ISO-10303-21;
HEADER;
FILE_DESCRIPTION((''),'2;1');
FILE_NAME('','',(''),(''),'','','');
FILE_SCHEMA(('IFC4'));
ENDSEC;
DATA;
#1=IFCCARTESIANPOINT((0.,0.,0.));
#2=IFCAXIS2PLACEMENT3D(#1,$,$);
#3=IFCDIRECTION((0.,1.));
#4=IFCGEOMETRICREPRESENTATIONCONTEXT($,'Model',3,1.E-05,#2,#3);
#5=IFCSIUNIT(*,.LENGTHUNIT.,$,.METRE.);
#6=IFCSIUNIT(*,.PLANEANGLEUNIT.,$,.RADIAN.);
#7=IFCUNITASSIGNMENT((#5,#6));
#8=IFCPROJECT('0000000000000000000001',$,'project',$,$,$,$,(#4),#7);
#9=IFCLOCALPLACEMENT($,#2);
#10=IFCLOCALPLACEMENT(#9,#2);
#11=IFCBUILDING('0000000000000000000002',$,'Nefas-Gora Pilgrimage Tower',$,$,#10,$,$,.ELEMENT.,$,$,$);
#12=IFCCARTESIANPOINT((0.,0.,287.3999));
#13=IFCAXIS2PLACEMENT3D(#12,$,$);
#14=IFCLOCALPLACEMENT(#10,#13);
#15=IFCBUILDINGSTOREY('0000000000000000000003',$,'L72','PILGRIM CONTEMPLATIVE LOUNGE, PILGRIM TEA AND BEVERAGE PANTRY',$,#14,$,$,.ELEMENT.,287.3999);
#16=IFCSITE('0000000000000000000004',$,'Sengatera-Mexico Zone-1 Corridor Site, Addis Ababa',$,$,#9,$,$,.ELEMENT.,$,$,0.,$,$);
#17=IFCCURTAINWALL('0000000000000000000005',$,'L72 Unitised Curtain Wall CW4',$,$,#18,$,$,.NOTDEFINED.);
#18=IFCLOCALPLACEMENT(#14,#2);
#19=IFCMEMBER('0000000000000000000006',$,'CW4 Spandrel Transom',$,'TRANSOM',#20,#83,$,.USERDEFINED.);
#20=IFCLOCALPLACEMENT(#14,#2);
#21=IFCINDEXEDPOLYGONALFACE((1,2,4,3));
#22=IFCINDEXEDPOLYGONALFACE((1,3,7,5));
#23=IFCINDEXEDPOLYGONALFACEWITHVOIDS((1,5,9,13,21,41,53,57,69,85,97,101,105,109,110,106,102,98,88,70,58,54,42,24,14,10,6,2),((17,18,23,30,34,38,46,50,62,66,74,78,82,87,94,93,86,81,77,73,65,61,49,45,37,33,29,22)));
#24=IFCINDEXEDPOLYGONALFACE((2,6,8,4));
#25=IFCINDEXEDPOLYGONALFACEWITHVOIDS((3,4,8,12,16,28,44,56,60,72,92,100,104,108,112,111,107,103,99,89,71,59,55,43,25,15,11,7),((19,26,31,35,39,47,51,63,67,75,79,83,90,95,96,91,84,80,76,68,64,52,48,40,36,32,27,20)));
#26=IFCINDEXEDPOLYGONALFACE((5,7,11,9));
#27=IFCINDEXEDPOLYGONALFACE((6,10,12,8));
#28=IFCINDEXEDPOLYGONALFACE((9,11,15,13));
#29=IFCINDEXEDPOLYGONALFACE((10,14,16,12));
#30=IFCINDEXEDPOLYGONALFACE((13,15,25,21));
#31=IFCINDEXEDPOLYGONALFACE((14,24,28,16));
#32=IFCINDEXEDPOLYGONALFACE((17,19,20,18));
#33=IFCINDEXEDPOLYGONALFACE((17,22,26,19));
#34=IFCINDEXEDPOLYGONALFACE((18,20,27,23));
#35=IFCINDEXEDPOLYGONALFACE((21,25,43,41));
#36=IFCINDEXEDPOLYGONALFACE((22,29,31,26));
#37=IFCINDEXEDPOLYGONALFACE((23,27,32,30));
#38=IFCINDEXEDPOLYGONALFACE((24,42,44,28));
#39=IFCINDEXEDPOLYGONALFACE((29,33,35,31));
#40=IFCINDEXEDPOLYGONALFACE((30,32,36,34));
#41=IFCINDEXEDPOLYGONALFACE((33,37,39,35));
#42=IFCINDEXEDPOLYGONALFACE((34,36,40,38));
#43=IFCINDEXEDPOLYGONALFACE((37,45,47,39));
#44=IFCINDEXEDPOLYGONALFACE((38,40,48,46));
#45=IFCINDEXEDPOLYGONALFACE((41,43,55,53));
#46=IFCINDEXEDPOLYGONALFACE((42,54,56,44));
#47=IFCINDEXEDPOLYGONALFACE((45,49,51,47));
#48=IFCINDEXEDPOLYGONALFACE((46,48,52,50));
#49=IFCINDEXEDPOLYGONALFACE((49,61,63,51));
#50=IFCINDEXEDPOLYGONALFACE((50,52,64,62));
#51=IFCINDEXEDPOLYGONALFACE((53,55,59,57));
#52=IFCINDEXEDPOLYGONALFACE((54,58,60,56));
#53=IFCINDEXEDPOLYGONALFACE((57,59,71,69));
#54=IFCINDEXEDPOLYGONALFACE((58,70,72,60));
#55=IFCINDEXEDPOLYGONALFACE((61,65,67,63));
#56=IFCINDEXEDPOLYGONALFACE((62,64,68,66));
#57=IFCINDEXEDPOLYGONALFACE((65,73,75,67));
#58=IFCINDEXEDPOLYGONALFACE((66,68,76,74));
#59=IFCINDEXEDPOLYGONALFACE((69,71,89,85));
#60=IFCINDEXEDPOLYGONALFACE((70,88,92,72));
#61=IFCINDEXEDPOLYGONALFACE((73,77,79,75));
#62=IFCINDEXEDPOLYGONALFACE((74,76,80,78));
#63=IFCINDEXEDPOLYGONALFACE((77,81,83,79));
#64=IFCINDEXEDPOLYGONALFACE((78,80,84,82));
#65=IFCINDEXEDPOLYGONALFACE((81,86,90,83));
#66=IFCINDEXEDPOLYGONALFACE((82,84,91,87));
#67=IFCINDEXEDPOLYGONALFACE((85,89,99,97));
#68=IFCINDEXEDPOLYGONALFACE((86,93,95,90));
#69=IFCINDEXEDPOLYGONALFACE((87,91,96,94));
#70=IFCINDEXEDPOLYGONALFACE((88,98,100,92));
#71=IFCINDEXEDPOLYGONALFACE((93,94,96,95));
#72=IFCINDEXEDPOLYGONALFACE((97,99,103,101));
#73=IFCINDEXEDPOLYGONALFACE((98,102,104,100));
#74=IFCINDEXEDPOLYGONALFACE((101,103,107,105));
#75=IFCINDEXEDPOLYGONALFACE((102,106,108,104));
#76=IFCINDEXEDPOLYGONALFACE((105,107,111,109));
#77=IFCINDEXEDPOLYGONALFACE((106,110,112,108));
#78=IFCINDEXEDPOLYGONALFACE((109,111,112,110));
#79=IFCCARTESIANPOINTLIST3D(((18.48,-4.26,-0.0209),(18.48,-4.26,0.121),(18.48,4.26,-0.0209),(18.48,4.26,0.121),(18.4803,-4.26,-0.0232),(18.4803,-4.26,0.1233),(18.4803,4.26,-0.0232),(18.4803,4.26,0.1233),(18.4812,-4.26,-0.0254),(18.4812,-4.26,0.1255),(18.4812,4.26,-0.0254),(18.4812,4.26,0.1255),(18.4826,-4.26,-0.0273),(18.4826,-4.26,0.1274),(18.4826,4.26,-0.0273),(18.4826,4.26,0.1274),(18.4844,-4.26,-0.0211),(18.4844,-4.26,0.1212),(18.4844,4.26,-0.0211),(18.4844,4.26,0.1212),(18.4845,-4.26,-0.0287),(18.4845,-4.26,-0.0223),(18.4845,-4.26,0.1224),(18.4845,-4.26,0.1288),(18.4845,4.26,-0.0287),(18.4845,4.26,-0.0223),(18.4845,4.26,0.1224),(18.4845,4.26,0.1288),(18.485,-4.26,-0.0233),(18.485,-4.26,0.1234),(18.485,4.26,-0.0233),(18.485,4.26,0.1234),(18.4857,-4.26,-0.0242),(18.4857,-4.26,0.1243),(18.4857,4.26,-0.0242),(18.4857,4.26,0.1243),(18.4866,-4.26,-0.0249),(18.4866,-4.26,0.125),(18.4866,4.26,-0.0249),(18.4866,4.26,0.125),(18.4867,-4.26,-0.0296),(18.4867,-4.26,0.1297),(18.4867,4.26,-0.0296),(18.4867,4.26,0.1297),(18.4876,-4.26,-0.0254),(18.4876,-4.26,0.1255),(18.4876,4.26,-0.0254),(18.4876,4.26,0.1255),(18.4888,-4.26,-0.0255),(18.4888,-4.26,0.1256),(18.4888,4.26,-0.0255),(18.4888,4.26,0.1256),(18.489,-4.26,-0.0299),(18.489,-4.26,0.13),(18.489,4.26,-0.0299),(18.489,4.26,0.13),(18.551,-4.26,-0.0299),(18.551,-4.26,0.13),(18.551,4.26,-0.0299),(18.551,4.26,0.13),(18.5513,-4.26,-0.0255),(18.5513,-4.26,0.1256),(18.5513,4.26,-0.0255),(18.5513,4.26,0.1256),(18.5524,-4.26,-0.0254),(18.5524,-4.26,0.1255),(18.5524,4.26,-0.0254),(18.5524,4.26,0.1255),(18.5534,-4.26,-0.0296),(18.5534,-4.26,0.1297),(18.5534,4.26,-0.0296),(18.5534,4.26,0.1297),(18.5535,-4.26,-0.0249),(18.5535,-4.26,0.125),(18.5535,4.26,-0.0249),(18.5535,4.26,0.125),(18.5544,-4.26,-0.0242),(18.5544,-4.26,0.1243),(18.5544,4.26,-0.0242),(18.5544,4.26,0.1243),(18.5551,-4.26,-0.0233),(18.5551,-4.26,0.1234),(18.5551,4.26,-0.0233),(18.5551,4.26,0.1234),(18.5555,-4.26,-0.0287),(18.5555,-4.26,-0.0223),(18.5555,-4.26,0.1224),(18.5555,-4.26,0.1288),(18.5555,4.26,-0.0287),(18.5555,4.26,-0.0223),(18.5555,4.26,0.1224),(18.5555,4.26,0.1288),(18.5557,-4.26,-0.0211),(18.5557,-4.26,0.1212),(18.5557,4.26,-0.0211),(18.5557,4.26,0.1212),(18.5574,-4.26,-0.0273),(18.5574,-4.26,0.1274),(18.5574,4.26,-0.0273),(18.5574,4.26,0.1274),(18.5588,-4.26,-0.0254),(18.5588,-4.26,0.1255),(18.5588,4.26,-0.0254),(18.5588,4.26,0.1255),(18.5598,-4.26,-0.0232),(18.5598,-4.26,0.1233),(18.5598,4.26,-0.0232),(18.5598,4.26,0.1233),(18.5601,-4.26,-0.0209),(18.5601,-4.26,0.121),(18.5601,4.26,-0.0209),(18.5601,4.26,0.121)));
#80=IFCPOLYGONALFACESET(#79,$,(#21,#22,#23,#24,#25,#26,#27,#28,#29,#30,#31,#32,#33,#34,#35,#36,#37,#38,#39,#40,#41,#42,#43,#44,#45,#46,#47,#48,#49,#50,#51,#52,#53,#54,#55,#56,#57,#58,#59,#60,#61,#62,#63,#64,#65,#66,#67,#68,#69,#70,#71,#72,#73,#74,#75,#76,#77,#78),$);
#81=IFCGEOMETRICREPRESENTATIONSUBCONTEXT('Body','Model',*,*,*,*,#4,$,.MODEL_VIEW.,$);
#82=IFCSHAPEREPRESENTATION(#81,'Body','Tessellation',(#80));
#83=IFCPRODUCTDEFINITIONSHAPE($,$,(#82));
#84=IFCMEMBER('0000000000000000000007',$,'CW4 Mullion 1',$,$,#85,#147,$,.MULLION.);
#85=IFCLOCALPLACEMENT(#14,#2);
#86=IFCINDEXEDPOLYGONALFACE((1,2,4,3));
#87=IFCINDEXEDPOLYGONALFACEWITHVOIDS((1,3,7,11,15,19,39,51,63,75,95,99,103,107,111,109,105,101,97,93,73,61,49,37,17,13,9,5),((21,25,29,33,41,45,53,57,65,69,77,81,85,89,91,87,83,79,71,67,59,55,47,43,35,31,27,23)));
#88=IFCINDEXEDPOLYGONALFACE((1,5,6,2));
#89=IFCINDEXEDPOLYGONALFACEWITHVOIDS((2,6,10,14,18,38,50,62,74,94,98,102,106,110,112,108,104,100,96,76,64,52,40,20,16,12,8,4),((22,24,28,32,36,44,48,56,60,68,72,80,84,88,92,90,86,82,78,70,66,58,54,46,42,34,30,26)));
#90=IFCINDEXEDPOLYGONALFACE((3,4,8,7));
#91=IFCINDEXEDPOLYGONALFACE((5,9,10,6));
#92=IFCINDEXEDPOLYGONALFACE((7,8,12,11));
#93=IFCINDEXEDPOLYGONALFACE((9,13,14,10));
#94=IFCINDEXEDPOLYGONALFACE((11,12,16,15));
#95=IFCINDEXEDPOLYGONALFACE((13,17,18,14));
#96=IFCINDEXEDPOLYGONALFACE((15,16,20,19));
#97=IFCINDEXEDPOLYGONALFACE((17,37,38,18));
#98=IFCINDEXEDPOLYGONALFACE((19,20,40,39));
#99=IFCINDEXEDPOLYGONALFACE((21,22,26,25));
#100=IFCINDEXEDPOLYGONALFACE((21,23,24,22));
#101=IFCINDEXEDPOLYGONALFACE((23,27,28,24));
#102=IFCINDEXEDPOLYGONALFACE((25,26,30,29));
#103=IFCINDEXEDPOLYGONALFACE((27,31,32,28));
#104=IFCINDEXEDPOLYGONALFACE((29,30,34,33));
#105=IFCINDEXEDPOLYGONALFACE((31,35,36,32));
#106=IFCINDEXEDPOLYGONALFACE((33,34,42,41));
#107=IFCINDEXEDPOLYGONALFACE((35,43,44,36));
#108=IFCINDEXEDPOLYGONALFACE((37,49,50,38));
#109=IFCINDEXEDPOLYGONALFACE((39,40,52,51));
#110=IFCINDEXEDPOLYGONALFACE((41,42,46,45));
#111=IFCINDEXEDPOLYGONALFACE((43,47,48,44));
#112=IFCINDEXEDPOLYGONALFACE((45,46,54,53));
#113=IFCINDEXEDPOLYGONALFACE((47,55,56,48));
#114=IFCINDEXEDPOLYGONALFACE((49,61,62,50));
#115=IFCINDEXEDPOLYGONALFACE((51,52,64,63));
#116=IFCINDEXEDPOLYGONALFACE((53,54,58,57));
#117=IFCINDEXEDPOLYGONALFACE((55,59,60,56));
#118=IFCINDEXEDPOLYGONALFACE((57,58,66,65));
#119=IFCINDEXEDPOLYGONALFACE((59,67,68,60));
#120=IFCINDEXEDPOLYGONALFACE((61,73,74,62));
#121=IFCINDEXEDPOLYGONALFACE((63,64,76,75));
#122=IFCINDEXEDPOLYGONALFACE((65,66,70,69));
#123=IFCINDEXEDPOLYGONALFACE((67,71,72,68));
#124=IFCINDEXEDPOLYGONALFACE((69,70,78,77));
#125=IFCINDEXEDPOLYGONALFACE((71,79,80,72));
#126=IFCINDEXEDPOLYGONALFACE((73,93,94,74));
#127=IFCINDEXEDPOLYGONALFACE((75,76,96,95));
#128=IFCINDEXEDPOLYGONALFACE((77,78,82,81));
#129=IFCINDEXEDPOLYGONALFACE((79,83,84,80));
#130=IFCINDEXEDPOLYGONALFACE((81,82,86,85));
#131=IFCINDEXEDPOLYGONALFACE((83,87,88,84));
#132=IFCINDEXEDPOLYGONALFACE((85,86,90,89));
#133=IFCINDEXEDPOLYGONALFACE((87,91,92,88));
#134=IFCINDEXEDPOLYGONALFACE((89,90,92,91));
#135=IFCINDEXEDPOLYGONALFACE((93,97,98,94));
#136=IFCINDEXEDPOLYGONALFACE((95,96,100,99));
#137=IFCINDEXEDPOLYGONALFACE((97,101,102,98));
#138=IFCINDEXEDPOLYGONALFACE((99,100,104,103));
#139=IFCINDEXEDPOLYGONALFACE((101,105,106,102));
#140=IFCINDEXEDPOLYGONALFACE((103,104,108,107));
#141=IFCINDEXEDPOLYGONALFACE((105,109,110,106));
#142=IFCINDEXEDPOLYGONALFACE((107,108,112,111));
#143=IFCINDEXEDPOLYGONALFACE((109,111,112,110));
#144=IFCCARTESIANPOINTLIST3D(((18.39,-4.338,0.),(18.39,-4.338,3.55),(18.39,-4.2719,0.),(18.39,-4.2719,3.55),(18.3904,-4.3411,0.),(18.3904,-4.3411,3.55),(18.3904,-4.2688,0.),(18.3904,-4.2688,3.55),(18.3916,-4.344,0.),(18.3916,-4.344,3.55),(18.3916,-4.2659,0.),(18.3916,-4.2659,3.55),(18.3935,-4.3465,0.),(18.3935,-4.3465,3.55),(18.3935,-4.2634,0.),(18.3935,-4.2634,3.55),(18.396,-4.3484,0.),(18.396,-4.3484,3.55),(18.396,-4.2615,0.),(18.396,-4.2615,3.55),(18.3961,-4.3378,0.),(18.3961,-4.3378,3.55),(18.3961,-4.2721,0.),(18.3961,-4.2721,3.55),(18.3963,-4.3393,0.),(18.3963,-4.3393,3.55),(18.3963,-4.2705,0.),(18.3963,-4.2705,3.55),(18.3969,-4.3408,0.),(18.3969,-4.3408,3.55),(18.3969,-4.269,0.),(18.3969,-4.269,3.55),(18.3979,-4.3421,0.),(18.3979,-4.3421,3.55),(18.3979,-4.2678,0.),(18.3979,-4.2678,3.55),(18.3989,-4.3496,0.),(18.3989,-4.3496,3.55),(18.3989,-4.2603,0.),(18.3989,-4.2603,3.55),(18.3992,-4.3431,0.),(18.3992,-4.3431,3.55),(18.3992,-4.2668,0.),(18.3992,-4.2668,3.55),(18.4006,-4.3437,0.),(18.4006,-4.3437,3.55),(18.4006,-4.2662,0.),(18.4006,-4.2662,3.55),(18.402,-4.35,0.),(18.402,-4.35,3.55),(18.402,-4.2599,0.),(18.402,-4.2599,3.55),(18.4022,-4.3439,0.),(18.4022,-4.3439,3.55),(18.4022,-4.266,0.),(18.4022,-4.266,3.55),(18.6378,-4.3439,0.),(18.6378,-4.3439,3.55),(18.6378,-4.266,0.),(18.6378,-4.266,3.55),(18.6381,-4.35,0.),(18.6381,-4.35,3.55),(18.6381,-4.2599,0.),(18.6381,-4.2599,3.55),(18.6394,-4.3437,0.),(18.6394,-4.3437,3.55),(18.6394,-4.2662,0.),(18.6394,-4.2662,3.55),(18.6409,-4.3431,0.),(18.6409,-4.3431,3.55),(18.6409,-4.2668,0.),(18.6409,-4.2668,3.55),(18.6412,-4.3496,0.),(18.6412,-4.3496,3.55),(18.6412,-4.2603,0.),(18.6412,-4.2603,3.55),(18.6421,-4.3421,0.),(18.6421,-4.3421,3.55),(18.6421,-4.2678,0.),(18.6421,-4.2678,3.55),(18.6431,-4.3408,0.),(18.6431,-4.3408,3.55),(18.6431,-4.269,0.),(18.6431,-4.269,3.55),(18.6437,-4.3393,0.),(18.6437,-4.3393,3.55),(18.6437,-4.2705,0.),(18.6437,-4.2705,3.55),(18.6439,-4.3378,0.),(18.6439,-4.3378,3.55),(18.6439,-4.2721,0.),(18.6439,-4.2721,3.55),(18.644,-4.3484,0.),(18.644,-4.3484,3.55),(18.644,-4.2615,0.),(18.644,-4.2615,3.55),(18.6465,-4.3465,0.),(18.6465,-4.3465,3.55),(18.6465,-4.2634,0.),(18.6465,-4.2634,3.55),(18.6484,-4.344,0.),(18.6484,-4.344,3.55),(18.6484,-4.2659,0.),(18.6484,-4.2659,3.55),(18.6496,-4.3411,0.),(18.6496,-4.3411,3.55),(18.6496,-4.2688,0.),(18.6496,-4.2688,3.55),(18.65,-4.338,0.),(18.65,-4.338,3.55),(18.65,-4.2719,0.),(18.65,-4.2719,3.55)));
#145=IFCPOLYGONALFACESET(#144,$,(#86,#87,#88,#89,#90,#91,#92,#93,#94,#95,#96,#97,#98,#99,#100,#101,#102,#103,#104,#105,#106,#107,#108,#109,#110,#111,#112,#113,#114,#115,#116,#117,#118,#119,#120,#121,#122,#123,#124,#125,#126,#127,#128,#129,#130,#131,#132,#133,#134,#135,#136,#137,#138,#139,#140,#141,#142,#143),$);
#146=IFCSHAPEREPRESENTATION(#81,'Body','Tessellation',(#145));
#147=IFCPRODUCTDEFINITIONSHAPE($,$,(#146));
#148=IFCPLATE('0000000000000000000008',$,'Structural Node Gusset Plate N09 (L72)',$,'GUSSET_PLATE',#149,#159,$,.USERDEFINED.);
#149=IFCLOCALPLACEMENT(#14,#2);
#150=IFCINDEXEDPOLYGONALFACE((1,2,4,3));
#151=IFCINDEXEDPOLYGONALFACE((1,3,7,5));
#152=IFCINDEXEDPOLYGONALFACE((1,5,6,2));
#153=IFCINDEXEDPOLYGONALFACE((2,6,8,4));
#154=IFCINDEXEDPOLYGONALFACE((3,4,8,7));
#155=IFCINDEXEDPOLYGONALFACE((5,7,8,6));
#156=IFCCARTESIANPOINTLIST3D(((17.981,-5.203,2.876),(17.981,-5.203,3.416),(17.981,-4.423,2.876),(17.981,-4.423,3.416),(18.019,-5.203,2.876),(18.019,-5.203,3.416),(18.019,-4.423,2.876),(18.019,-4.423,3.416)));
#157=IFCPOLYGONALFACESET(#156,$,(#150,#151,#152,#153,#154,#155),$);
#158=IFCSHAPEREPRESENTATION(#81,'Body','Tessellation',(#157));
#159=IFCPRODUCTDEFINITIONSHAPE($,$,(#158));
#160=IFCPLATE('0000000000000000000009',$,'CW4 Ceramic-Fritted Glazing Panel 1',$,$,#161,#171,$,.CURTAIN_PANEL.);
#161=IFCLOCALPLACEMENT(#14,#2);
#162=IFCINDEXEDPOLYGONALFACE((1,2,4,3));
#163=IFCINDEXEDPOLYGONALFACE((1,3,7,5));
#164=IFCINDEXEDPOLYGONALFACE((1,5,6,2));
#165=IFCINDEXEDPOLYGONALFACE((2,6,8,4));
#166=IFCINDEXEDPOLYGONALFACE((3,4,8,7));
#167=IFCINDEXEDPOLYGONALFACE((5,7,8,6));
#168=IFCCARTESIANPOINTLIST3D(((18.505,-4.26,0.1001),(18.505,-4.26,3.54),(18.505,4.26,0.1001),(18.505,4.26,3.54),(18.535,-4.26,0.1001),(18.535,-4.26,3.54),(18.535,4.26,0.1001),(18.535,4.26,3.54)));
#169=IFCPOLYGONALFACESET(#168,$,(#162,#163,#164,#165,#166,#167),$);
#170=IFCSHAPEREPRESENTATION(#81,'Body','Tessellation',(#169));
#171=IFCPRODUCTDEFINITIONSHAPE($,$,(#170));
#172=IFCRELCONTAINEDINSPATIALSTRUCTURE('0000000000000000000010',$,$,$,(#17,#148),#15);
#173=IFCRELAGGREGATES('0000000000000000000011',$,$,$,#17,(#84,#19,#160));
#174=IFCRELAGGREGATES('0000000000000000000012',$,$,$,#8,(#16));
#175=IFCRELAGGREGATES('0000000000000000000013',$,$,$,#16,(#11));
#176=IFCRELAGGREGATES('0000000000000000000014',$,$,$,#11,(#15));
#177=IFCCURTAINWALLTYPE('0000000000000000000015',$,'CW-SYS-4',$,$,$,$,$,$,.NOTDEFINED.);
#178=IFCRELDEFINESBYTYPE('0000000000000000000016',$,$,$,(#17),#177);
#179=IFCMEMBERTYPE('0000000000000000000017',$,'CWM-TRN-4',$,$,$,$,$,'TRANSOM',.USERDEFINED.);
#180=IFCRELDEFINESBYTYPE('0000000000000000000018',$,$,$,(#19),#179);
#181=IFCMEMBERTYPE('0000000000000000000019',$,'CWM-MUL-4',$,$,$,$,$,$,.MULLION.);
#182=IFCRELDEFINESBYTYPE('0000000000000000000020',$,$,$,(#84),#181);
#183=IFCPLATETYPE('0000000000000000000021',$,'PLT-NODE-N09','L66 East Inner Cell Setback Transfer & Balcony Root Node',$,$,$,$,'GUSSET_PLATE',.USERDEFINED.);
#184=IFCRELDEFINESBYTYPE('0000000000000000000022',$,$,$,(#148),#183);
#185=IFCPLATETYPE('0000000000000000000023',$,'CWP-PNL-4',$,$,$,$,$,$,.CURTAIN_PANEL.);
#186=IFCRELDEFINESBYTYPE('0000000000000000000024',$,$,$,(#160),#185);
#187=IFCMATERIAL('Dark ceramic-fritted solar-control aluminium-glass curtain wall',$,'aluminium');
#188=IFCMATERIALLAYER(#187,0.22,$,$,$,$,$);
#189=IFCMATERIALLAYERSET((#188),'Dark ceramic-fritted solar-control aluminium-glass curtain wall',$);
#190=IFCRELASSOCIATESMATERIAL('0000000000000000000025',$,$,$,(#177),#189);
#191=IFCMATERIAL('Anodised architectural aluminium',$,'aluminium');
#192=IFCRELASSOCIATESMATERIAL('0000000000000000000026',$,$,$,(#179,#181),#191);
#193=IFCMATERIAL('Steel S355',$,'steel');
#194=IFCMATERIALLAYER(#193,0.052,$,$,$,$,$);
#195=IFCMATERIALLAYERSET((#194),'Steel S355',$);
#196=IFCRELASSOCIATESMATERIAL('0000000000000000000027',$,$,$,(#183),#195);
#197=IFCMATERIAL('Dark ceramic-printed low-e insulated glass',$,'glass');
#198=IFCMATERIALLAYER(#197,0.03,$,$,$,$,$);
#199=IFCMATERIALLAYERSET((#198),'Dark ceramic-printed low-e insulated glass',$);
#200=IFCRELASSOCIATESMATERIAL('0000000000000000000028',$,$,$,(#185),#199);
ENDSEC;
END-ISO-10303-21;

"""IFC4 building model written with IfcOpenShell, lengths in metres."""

from ifc_helpers import new_model, si_unit, direction, frame, origin, origin_2d, place, context, subcontext, project, spatial, rectangle, hollow_rectangle, extrude, source, transform, mapped, material, layer, layer_set, material_profile, profile_set, type_object, element, aggregate, save


model = new_model("IFC4")

# Units and contexts
model_context = context("Model", 3, precision=1e-05, world=origin(), true_north=direction((0.0, 1.0)))
body_context = subcontext(model_context, "Body", "Model", "MODEL_VIEW")
ifc_project = project(units=[si_unit("LENGTHUNIT", "METRE"), si_unit("PLANEANGLEUNIT", "RADIAN")], contexts=[model_context])

# Site, building, storey
site_placement = place(None, origin())
site = spatial("IfcSite", under=ifc_project, at=site_placement, Name="Sengatera-Mexico Zone-1 Corridor Site, Addis Ababa", CompositionType="ELEMENT", RefElevation=0.0)
building_placement = place(site_placement, origin())
building = spatial("IfcBuilding", under=site, at=building_placement, Name="Nefas-Gora Pilgrimage Tower", CompositionType="ELEMENT")
storey_placement = place(building_placement, frame((0.0, 0.0, 287.3999)))
storey = spatial("IfcBuildingStorey", under=building, at=storey_placement, Name="L72", Description="PILGRIM CONTEMPLATIVE LOUNGE, PILGRIM TEA AND BEVERAGE PANTRY", CompositionType="ELEMENT", Elevation=287.3999)

# Shared definitions
ifc_material_1 = material(Name="Steel S355", Category="steel")

# Curtain wall, members
ifc_material_2 = material(Name="Dark ceramic-fritted solar-control aluminium-glass curtain wall", Category="aluminium")
ifc_layer_1 = layer(ifc_material_2, 0.22)
ifc_layer_set_1 = layer_set([ifc_layer_1], Name="Dark ceramic-fritted solar-control aluminium-glass curtain wall")
curtain_wall_type = type_object("IfcCurtainWallType", Name="CW-SYS-4", PredefinedType="NOTDEFINED", material=ifc_layer_set_1)
curtain_wall_placement = place(storey_placement, origin())
curtain_wall = element("IfcCurtainWall", 1, at=curtain_wall_placement, inside=storey, type_object=curtain_wall_type, Name="L72 Unitised Curtain Wall CW4", PredefinedType="NOTDEFINED")
ifc_material_3 = material(Name="Anodised architectural aluminium", Category="aluminium")
ifc_material_profile_1 = material_profile(ifc_material_3, hollow_rectangle(XDim=0.0801, YDim=0.1599, WallThickness=0.0044, InnerFilletRadius=0.0044, OuterFilletRadius=0.009, at=origin_2d()), Name="ALU TRANSOM 80x160")
ifc_profile_set_1 = profile_set([ifc_material_profile_1], Name="Anodised architectural aluminium")
member_type_1 = type_object("IfcMemberType", Name="CWM-TRN-4", ElementType="TRANSOM", PredefinedType="USERDEFINED", material=ifc_profile_set_1)
shared_shape_1 = source(origin(), body_context, "Body", "SweptSolid", [
    extrude(hollow_rectangle(XDim=0.0801, YDim=0.1599, WallThickness=0.0044, InnerFilletRadius=0.0044, OuterFilletRadius=0.009, at=origin_2d()), origin(), (0.0, 0.0, 1.0), 8.52),
])
member_1_placement = place(storey_placement, frame((18.52, -4.26, 0.05), z_axis=(0.0, 1.0, 0.0), x_axis=(-1.0, 0.0, 0.0)))
member_1 = element("IfcMember", 2, at=member_1_placement, type_object=member_type_1, Name="CW4 Spandrel Transom", ObjectType="TRANSOM", PredefinedType="USERDEFINED", context=body_context, shape_type="MappedRepresentation", body=[
    mapped(shared_shape_1, transform((0.0, 0.0, 0.0), x_axis=(1.0, 0.0, 0.0), y_axis=(0.0, 1.0, 0.0), z_axis=(0.0, 0.0, 1.0), scale=1.0)),
])
ifc_material_profile_2 = material_profile(ifc_material_3, hollow_rectangle(XDim=0.0901, YDim=0.26, WallThickness=0.0061, InnerFilletRadius=0.0061, OuterFilletRadius=0.012, at=origin_2d()), Name="ALU MULLION 90x260")
ifc_profile_set_2 = profile_set([ifc_material_profile_2], Name="Anodised architectural aluminium")
member_type_2 = type_object("IfcMemberType", Name="CWM-MUL-4", PredefinedType="MULLION", material=ifc_profile_set_2)
shared_shape_2 = source(origin(), body_context, "Body", "SweptSolid", [
    extrude(hollow_rectangle(XDim=0.0901, YDim=0.26, WallThickness=0.0061, InnerFilletRadius=0.0061, OuterFilletRadius=0.012, at=origin_2d()), origin(), (0.0, 0.0, 1.0), 3.55),
])
member_2_placement = place(storey_placement, frame((18.52, -4.3049, 0.0), z_axis=(0.0, 0.0, 1.0), x_axis=(0.0, 1.0, 0.0)))
member_2 = element("IfcMember", 3, at=member_2_placement, type_object=member_type_2, Name="CW4 Mullion 1", PredefinedType="MULLION", context=body_context, shape_type="MappedRepresentation", body=[
    mapped(shared_shape_2, transform((0.0, 0.0, 0.0), x_axis=(1.0, 0.0, 0.0), y_axis=(0.0, 1.0, 0.0), z_axis=(0.0, 0.0, 1.0), scale=1.0)),
])

# Plates
ifc_layer_2 = layer(ifc_material_1, 0.052)
ifc_layer_set_2 = layer_set([ifc_layer_2], Name="Steel S355")
plate_type_1 = type_object("IfcPlateType", Name="PLT-NODE-N09", Description="L66 East Inner Cell Setback Transfer & Balcony Root Node", ElementType="GUSSET_PLATE", PredefinedType="USERDEFINED", material=ifc_layer_set_2)
shared_shape_3 = source(origin(), body_context, "Body", "SweptSolid", [
    extrude(rectangle(XDim=0.78, YDim=0.0381, at=origin_2d()), origin(), (0.0, 0.0, 1.0), 0.54),
])
plate_1_placement = place(storey_placement, frame((18.0, -4.813, 2.876), z_axis=(0.0, 0.0, 1.0), x_axis=(0.0, 1.0, 0.0)))
element("IfcPlate", 4, at=plate_1_placement, inside=storey, type_object=plate_type_1, Name="Structural Node Gusset Plate N09 (L72)", ObjectType="GUSSET_PLATE", PredefinedType="USERDEFINED", context=body_context, shape_type="MappedRepresentation", body=[
    mapped(shared_shape_3, transform((0.0, 0.0, 0.0), x_axis=(1.0, 0.0, 0.0), y_axis=(0.0, 1.0, 0.0), z_axis=(0.0, 0.0, 1.0), scale=1.0)),
])
ifc_material_4 = material(Name="Dark ceramic-printed low-e insulated glass", Category="glass")
ifc_layer_3 = layer(ifc_material_4, 0.03)
ifc_layer_set_3 = layer_set([ifc_layer_3], Name="Dark ceramic-printed low-e insulated glass")
plate_type_2 = type_object("IfcPlateType", Name="CWP-PNL-4", PredefinedType="CURTAIN_PANEL", material=ifc_layer_set_3)
shared_shape_4 = source(origin(), body_context, "Body", "SweptSolid", [
    extrude(rectangle(XDim=8.52, YDim=0.03, at=origin_2d()), origin(), (0.0, 0.0, 1.0), 3.4399),
])
plate_2_placement = place(storey_placement, frame((18.52, 0.0, 0.1001), z_axis=(0.0, 0.0, 1.0), x_axis=(0.0, 1.0, 0.0)))
plate_2 = element("IfcPlate", 5, at=plate_2_placement, type_object=plate_type_2, Name="CW4 Ceramic-Fritted Glazing Panel 1", PredefinedType="CURTAIN_PANEL", context=body_context, shape_type="MappedRepresentation", body=[
    mapped(shared_shape_4, transform((0.0, 0.0, 0.0), x_axis=(1.0, 0.0, 0.0), y_axis=(0.0, 1.0, 0.0), z_axis=(0.0, 0.0, 1.0), scale=1.0)),
])
aggregate(curtain_wall, [member_2, member_1, plate_2])

save(model, "model.ifc")
